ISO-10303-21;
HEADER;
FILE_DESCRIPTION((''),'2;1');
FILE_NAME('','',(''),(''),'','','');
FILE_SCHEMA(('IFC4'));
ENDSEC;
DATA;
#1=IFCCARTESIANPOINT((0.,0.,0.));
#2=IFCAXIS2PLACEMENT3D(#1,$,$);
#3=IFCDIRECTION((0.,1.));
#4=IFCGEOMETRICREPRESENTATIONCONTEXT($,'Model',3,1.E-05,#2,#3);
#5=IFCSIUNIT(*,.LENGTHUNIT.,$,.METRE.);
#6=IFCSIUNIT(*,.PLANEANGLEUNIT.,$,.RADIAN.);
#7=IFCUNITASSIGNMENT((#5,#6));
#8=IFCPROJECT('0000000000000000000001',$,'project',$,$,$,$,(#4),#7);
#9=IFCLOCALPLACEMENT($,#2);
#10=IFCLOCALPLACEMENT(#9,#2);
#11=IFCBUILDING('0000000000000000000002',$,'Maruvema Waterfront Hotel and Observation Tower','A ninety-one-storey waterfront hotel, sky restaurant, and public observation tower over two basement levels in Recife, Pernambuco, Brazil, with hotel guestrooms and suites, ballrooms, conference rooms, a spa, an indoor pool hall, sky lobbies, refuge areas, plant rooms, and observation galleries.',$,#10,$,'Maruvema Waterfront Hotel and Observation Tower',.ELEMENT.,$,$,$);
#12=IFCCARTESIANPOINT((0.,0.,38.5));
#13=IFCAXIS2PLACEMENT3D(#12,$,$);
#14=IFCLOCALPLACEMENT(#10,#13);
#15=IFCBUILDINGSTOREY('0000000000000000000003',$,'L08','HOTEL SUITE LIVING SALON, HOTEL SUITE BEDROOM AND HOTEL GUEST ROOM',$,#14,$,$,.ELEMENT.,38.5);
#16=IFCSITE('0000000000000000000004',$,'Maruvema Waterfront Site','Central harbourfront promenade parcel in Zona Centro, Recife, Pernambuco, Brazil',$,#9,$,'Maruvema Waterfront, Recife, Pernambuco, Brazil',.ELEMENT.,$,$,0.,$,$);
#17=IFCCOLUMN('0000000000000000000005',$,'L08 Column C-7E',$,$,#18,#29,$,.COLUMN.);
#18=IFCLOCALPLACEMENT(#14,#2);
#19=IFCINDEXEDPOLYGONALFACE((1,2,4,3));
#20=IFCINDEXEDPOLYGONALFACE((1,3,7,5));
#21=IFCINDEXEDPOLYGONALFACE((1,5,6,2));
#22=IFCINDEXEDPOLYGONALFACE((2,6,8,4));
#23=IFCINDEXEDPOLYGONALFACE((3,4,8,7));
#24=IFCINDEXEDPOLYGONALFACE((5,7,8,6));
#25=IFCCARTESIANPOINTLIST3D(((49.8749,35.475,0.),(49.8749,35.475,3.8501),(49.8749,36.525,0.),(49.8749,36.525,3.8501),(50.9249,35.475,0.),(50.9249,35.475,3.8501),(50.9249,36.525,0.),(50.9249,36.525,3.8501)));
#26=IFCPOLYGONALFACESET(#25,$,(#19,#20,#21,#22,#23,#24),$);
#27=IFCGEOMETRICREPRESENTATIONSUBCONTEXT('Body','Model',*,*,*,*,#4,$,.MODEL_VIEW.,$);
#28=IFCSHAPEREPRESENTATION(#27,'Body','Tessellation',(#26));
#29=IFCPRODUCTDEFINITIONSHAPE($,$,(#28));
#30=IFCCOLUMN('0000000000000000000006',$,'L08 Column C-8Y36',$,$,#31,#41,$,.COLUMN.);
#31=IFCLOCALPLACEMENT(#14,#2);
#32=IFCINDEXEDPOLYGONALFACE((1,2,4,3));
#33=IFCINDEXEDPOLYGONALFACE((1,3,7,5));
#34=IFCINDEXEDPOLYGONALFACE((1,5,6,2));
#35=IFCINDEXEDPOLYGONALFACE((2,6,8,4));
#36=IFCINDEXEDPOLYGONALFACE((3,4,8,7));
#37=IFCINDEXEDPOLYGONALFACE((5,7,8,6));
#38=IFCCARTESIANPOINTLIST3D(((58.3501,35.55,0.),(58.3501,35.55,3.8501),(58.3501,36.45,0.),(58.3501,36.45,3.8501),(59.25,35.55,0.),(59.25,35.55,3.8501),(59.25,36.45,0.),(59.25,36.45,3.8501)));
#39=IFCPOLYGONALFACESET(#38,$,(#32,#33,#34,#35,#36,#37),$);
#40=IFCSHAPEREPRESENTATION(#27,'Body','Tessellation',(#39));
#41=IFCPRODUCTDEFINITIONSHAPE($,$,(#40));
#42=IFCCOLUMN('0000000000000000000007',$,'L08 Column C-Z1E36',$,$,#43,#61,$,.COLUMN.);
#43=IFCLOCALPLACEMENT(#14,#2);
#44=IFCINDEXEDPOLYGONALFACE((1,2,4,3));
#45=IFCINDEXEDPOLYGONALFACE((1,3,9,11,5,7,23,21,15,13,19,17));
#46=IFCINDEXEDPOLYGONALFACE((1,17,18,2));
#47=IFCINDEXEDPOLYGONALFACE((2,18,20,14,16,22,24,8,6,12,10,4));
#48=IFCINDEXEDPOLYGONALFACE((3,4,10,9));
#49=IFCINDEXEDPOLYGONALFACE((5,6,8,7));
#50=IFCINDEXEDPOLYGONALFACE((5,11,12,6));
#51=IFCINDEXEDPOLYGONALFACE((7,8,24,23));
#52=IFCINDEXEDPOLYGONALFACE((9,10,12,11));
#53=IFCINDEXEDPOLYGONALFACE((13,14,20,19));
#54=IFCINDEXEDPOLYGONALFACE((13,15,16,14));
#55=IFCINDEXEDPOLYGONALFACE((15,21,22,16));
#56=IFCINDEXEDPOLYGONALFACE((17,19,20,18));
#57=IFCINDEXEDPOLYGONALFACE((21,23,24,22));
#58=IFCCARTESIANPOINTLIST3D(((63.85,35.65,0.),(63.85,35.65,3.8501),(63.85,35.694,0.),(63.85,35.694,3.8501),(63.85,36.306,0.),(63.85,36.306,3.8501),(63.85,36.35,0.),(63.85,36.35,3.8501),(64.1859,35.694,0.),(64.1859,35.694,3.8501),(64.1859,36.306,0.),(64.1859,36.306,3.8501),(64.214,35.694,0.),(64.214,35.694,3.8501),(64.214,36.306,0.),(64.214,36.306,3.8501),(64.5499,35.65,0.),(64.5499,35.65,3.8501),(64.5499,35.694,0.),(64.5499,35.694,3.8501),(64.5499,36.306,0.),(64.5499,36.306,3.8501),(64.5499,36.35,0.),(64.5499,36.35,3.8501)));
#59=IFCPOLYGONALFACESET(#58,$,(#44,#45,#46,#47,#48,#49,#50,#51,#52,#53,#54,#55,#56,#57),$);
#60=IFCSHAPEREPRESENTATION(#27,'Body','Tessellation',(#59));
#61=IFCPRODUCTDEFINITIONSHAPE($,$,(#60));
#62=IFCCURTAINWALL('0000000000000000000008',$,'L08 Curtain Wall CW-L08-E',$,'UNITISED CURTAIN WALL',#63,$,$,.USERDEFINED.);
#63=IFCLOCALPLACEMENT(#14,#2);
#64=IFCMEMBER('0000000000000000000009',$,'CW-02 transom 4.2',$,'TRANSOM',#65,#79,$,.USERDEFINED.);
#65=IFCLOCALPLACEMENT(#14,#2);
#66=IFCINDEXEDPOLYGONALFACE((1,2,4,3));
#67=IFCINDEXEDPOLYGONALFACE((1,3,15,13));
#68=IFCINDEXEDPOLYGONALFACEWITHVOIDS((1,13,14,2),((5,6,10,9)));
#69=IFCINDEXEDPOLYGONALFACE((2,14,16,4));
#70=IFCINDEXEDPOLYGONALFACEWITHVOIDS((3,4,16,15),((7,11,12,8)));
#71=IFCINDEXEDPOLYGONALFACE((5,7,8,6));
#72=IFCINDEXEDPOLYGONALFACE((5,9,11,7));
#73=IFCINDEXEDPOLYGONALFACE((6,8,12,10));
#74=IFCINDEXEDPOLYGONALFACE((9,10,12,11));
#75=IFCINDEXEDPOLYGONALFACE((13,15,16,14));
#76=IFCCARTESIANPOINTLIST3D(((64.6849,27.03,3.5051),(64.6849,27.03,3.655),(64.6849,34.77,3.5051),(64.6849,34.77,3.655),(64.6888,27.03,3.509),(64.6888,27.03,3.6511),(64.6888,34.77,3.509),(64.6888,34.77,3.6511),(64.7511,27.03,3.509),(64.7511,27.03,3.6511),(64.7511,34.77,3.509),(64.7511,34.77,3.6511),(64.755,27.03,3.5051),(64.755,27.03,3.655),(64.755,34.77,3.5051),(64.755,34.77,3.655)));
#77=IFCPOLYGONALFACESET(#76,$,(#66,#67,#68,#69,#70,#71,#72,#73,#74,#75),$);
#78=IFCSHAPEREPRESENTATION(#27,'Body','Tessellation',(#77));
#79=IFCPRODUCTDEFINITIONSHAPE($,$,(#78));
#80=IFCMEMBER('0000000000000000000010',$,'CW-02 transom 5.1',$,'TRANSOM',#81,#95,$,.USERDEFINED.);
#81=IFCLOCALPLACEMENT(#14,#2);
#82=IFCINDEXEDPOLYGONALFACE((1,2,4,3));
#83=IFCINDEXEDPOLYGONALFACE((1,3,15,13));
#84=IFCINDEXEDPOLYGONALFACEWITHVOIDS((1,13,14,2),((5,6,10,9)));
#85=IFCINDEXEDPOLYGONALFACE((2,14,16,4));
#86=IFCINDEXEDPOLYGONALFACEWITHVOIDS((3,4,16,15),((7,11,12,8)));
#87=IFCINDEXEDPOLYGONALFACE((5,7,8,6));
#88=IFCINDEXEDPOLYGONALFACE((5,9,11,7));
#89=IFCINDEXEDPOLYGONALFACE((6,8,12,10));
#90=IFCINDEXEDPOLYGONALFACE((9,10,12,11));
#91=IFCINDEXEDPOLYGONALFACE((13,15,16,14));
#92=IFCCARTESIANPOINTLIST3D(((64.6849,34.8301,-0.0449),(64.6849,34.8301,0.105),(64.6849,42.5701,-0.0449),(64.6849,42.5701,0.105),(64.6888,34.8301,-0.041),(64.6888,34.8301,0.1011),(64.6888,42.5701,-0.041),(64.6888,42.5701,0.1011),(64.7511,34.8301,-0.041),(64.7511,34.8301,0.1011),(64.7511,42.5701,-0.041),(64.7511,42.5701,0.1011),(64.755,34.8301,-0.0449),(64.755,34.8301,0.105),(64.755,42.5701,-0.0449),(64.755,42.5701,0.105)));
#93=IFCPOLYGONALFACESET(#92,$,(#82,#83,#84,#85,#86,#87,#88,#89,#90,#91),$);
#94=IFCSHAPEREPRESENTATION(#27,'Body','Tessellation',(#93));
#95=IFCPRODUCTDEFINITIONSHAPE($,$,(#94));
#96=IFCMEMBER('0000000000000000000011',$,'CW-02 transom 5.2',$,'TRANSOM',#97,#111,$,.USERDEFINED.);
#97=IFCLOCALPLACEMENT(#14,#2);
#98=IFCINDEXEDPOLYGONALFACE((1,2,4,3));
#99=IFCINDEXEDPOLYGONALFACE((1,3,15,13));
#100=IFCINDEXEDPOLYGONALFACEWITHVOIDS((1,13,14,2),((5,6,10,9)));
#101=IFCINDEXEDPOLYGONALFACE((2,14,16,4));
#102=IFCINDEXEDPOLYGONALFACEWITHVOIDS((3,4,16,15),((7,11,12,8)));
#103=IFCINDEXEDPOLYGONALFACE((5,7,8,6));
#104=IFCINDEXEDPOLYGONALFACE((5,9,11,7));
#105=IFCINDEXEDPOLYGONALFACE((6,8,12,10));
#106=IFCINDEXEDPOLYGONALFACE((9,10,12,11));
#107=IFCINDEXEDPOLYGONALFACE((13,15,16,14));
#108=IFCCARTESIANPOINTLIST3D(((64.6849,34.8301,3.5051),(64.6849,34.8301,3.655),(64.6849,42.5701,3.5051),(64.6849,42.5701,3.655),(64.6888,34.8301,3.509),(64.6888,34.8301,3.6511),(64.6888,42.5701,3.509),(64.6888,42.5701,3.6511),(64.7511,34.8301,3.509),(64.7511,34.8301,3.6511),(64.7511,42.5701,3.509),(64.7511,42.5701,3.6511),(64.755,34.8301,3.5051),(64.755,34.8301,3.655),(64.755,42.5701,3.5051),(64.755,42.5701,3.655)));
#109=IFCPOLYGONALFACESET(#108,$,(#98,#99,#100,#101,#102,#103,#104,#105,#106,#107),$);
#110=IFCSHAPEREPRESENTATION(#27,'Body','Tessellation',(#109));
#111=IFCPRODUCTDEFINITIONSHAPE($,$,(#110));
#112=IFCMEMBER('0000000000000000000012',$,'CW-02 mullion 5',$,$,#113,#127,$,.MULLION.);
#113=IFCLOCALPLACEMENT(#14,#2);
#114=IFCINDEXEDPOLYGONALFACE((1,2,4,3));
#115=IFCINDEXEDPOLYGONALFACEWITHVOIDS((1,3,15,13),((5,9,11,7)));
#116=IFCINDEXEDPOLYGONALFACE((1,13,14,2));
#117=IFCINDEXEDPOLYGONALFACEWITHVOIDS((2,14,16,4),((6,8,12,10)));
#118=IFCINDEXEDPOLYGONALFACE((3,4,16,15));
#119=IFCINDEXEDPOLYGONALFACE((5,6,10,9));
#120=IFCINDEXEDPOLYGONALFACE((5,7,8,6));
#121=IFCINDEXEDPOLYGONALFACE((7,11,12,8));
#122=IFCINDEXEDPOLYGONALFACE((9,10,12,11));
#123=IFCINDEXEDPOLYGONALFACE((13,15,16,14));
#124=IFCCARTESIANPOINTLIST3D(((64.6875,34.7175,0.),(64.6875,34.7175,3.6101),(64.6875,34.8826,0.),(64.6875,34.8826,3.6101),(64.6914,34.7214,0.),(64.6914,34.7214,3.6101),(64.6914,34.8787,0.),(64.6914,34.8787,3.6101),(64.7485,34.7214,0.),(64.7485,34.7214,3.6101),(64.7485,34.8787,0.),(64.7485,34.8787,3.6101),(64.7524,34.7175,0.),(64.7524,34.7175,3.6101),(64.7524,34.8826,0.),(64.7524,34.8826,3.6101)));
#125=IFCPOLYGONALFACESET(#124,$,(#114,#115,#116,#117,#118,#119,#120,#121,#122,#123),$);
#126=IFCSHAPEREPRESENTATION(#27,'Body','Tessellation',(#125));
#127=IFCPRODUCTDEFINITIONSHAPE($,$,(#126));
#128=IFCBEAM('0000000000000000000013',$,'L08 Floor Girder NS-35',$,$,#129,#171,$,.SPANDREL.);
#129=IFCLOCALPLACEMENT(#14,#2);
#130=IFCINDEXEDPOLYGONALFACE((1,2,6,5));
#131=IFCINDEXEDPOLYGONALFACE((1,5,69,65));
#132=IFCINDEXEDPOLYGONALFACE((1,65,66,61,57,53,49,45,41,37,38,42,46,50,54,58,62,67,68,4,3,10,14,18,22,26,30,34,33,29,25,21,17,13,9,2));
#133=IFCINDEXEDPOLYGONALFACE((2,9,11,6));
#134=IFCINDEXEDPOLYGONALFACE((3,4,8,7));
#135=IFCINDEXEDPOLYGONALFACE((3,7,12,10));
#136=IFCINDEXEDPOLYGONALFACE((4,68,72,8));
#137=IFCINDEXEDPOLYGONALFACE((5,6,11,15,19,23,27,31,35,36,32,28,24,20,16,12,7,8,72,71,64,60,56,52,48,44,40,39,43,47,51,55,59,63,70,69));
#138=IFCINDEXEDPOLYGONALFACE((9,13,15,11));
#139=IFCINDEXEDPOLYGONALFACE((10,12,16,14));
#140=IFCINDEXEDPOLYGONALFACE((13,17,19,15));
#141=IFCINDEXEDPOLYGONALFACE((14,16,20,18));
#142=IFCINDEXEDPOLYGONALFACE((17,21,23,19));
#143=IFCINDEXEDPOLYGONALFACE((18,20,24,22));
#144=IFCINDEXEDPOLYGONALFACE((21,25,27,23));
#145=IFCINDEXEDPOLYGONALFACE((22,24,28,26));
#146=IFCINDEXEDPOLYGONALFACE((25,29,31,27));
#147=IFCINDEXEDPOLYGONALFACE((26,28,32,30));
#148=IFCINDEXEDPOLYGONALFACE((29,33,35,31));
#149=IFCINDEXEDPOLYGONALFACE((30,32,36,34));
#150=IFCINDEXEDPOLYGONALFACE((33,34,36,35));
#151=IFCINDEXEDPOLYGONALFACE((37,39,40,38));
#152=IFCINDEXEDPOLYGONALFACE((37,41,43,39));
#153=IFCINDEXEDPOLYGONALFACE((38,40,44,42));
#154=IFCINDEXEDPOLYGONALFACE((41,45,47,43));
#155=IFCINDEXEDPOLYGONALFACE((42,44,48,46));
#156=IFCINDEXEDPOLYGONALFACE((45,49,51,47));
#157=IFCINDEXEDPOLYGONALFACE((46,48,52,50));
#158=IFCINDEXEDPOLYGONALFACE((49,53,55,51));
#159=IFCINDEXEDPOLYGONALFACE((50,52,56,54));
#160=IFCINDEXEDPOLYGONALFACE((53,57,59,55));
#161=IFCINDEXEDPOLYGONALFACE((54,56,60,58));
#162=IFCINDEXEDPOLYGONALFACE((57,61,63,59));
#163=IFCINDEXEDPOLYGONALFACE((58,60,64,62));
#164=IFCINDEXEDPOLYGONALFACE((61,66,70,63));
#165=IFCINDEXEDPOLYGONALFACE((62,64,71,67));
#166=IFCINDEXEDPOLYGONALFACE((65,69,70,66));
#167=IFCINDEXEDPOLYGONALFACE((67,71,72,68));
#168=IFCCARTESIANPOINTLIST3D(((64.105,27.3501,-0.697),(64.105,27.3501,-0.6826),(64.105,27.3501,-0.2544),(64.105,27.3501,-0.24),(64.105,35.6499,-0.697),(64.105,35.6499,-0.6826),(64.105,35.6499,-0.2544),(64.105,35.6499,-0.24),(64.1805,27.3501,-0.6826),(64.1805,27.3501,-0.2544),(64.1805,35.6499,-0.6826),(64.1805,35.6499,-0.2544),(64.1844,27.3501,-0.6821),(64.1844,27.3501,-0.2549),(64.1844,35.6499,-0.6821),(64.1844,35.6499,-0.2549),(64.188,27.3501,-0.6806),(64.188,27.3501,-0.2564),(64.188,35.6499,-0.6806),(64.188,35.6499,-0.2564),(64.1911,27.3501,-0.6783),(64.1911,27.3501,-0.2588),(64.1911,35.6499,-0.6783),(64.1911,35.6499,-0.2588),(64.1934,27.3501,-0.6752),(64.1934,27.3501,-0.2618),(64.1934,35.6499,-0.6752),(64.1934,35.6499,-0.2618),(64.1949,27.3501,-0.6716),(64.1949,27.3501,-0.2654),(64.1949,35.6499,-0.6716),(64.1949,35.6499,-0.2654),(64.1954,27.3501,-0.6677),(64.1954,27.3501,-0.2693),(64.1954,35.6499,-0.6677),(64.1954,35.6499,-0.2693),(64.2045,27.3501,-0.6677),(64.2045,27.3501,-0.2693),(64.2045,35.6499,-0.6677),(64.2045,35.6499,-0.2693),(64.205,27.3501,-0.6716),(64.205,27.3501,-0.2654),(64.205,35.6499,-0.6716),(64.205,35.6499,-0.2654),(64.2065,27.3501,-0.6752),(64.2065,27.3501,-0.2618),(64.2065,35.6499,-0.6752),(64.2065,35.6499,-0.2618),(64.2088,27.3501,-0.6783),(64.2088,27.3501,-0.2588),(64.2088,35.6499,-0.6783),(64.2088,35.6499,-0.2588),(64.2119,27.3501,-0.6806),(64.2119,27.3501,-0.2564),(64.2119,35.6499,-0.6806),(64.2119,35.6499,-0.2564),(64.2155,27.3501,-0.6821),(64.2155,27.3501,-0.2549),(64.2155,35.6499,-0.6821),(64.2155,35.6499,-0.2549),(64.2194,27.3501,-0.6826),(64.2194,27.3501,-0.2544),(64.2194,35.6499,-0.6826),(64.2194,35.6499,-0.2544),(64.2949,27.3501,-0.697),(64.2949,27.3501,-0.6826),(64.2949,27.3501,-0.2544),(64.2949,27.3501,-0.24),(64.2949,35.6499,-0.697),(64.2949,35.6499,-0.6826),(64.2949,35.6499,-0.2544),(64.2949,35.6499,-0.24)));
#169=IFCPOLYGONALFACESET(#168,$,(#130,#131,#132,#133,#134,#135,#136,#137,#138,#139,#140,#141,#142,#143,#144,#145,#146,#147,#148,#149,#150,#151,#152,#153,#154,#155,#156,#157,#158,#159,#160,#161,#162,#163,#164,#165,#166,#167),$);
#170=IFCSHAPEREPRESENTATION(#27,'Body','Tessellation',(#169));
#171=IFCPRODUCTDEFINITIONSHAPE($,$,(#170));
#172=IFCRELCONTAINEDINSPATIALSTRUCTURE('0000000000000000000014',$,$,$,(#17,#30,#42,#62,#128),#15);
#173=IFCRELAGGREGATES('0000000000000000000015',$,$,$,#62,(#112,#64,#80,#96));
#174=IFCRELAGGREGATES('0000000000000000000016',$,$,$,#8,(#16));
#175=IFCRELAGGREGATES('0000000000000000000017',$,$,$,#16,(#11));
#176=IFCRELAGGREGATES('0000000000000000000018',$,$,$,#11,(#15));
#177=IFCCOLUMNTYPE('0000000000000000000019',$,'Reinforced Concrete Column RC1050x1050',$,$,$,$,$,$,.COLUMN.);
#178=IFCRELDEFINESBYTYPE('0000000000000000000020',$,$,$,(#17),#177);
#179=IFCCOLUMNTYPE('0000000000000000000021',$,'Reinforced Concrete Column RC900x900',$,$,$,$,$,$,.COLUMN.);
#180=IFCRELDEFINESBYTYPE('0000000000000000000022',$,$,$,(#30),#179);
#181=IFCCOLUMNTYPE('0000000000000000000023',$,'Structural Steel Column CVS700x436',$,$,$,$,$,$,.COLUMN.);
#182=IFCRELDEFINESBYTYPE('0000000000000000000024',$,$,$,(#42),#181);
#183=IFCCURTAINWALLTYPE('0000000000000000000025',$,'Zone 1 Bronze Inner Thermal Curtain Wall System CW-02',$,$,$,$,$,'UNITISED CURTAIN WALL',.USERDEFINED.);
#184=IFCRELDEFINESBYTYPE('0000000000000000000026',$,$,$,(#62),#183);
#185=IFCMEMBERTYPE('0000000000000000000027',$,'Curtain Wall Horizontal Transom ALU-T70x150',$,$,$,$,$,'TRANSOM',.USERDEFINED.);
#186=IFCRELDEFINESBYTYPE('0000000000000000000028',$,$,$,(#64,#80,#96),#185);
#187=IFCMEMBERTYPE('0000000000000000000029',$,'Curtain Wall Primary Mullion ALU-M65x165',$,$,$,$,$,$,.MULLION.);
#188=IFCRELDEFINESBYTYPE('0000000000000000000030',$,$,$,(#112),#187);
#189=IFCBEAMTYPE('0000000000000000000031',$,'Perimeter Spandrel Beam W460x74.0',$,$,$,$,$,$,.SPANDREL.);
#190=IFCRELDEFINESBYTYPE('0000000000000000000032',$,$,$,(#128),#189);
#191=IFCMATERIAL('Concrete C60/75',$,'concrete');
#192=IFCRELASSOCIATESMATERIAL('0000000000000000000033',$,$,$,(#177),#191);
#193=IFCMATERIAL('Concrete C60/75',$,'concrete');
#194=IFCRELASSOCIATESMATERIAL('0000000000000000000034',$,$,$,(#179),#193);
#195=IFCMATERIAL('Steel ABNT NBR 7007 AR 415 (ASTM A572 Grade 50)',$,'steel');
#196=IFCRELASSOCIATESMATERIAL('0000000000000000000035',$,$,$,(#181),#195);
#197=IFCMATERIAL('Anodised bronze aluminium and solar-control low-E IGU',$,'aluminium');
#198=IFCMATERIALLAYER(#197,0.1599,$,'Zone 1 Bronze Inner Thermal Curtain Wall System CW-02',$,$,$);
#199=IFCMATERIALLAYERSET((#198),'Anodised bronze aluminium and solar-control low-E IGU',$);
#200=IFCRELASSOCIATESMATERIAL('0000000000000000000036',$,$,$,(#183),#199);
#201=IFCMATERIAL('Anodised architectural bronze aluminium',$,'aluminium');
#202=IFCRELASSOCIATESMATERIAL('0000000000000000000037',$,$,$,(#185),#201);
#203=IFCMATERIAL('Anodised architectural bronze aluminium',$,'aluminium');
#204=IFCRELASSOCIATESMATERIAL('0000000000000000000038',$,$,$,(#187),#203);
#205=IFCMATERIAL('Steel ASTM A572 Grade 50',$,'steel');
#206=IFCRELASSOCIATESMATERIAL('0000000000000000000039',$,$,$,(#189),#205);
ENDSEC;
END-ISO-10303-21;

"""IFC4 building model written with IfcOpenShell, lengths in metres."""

from ifc_helpers import new_model, si_unit, direction, frame, origin, origin_2d, place, context, subcontext, project, spatial, rectangle, hollow_rectangle, i_section, extrude, material, layer, layer_set, material_profile, profile_set, type_object, element, aggregate, save


model = new_model("IFC4")

# Units and contexts
model_context = context("Model", 3, precision=1e-05, world=origin(), true_north=direction((0.0, 1.0)))
body_context = subcontext(model_context, "Body", "Model", "MODEL_VIEW")
ifc_project = project(units=[si_unit("LENGTHUNIT", "METRE"), si_unit("PLANEANGLEUNIT", "RADIAN")], contexts=[model_context])

# Site, building, storey
site_placement = place(None, origin())
site = spatial("IfcSite", under=ifc_project, at=site_placement, Name="Maruvema Waterfront Site", Description="Central harbourfront promenade parcel in Zona Centro, Recife, Pernambuco, Brazil", LongName="Maruvema Waterfront, Recife, Pernambuco, Brazil", CompositionType="ELEMENT", RefElevation=0.0)
building_placement = place(site_placement, origin())
building = spatial("IfcBuilding", under=site, at=building_placement, Name="Maruvema Waterfront Hotel and Observation Tower", Description="A ninety-one-storey waterfront hotel, sky restaurant, and public observation tower over two basement levels in Recife, Pernambuco, Brazil, with hotel guestrooms and suites, ballrooms, conference rooms, a spa, an indoor pool hall, sky lobbies, refuge areas, plant rooms, and observation galleries.", LongName="Maruvema Waterfront Hotel and Observation Tower", CompositionType="ELEMENT")
storey_placement = place(building_placement, frame((0.0, 0.0, 38.5)))
storey = spatial("IfcBuildingStorey", under=building, at=storey_placement, Name="L08", Description="HOTEL SUITE LIVING SALON, HOTEL SUITE BEDROOM AND HOTEL GUEST ROOM", CompositionType="ELEMENT", Elevation=38.5)

# Columns
ifc_material_1 = material(Name="Concrete C60/75", Category="concrete")
ifc_material_profile_1 = material_profile(ifc_material_1, rectangle(XDim=1.05, YDim=1.05, at=origin_2d()), Name="RC1050x1050")
ifc_profile_set_1 = profile_set([ifc_material_profile_1], Name="Concrete C60/75")
column_type_1 = type_object("IfcColumnType", Name="Reinforced Concrete Column RC1050x1050", PredefinedType="COLUMN", material=ifc_profile_set_1)
column_1_placement = place(storey_placement, frame((50.3999, 36.0, 0.0), z_axis=(0.0, 0.0, 1.0), x_axis=(1.0, 0.0, 0.0)))
element("IfcColumn", 1, at=column_1_placement, inside=storey, type_object=column_type_1, Name="L08 Column C-7E", PredefinedType="COLUMN", context=body_context, shape_type="SweptSolid", body=[
    extrude(rectangle(XDim=1.05, YDim=1.05, at=origin_2d()), origin(), (0.0, 0.0, 1.0), 3.8501),
])
ifc_material_2 = material(Name="Concrete C60/75", Category="concrete")
ifc_material_profile_2 = material_profile(ifc_material_2, rectangle(XDim=0.8999, YDim=0.8999, at=origin_2d()), Name="RC900x900")
ifc_profile_set_2 = profile_set([ifc_material_profile_2], Name="Concrete C60/75")
column_type_2 = type_object("IfcColumnType", Name="Reinforced Concrete Column RC900x900", PredefinedType="COLUMN", material=ifc_profile_set_2)
column_2_placement = place(storey_placement, frame((58.8, 36.0, 0.0), z_axis=(0.0, 0.0, 1.0), x_axis=(1.0, 0.0, 0.0)))
element("IfcColumn", 2, at=column_2_placement, inside=storey, type_object=column_type_2, Name="L08 Column C-8Y36", PredefinedType="COLUMN", context=body_context, shape_type="SweptSolid", body=[
    extrude(rectangle(XDim=0.8999, YDim=0.8999, at=origin_2d()), origin(), (0.0, 0.0, 1.0), 3.8501),
])
ifc_material_3 = material(Name="Steel ABNT NBR 7007 AR 415 (ASTM A572 Grade 50)", Category="steel")
ifc_material_profile_3 = material_profile(ifc_material_3, i_section(OverallWidth=0.7, OverallDepth=0.7, WebThickness=0.0281, FlangeThickness=0.0439, at=origin_2d()), Name="CVS700x436")
ifc_profile_set_3 = profile_set([ifc_material_profile_3], Name="Steel ABNT NBR 7007 AR 415 (ASTM A572 Grade 50)")
column_type_3 = type_object("IfcColumnType", Name="Structural Steel Column CVS700x436", PredefinedType="COLUMN", material=ifc_profile_set_3)
column_3_placement = place(storey_placement, frame((64.2, 36.0, 0.0), z_axis=(0.0, 0.0, 1.0), x_axis=(1.0, 0.0, 0.0)))
element("IfcColumn", 3, at=column_3_placement, inside=storey, type_object=column_type_3, Name="L08 Column C-Z1E36", PredefinedType="COLUMN", context=body_context, shape_type="SweptSolid", body=[
    extrude(i_section(OverallWidth=0.7, OverallDepth=0.7, WebThickness=0.0281, FlangeThickness=0.0439, at=origin_2d()), origin(), (0.0, 0.0, 1.0), 3.8501),
])

# Curtain wall, members
ifc_material_4 = material(Name="Anodised bronze aluminium and solar-control low-E IGU", Category="aluminium")
ifc_layer_1 = layer(ifc_material_4, 0.1599, Name="Zone 1 Bronze Inner Thermal Curtain Wall System CW-02")
ifc_layer_set_1 = layer_set([ifc_layer_1], Name="Anodised bronze aluminium and solar-control low-E IGU")
curtain_wall_type = type_object("IfcCurtainWallType", Name="Zone 1 Bronze Inner Thermal Curtain Wall System CW-02", ElementType="UNITISED CURTAIN WALL", PredefinedType="USERDEFINED", material=ifc_layer_set_1)
curtain_wall_placement = place(storey_placement, origin())
curtain_wall = element("IfcCurtainWall", 4, at=curtain_wall_placement, inside=storey, type_object=curtain_wall_type, Name="L08 Curtain Wall CW-L08-E", ObjectType="UNITISED CURTAIN WALL", PredefinedType="USERDEFINED")
ifc_material_5 = material(Name="Anodised architectural bronze aluminium", Category="aluminium")
ifc_material_profile_4 = material_profile(ifc_material_5, hollow_rectangle(XDim=0.0701, YDim=0.1499, WallThickness=0.0039, at=origin_2d()), Name="ALU-T70x150")
ifc_profile_set_4 = profile_set([ifc_material_profile_4], Name="Anodised architectural bronze aluminium")
member_type_1 = type_object("IfcMemberType", Name="Curtain Wall Horizontal Transom ALU-T70x150", ElementType="TRANSOM", PredefinedType="USERDEFINED", material=ifc_profile_set_4)
member_1_placement = place(storey_placement, frame((64.72, 27.03, 3.5801), z_axis=(0.0, 1.0, 0.0), x_axis=(-1.0, 0.0, 0.0)))
member_1 = element("IfcMember", 5, at=member_1_placement, type_object=member_type_1, Name="CW-02 transom 4.2", ObjectType="TRANSOM", PredefinedType="USERDEFINED", context=body_context, shape_type="SweptSolid", body=[
    extrude(hollow_rectangle(XDim=0.0701, YDim=0.1499, WallThickness=0.0039, at=origin_2d()), origin(), (0.0, 0.0, 1.0), 7.74),
])
member_2_placement = place(storey_placement, frame((64.72, 34.8301, 0.03), z_axis=(0.0, 1.0, 0.0), x_axis=(-1.0, 0.0, 0.0)))
member_2 = element("IfcMember", 6, at=member_2_placement, type_object=member_type_1, Name="CW-02 transom 5.1", ObjectType="TRANSOM", PredefinedType="USERDEFINED", context=body_context, shape_type="SweptSolid", body=[
    extrude(hollow_rectangle(XDim=0.0701, YDim=0.1499, WallThickness=0.0039, at=origin_2d()), origin(), (0.0, 0.0, 1.0), 7.74),
])
member_3_placement = place(storey_placement, frame((64.72, 34.8301, 3.5801), z_axis=(0.0, 1.0, 0.0), x_axis=(-1.0, 0.0, 0.0)))
member_3 = element("IfcMember", 7, at=member_3_placement, type_object=member_type_1, Name="CW-02 transom 5.2", ObjectType="TRANSOM", PredefinedType="USERDEFINED", context=body_context, shape_type="SweptSolid", body=[
    extrude(hollow_rectangle(XDim=0.0701, YDim=0.1499, WallThickness=0.0039, at=origin_2d()), origin(), (0.0, 0.0, 1.0), 7.74),
])
ifc_material_6 = material(Name="Anodised architectural bronze aluminium", Category="aluminium")
ifc_material_profile_5 = material_profile(ifc_material_6, hollow_rectangle(XDim=0.0649, YDim=0.165, WallThickness=0.0039, at=origin_2d()), Name="ALU-M65x165")
ifc_profile_set_5 = profile_set([ifc_material_profile_5], Name="Anodised architectural bronze aluminium")
member_type_2 = type_object("IfcMemberType", Name="Curtain Wall Primary Mullion ALU-M65x165", PredefinedType="MULLION", material=ifc_profile_set_5)
member_4_placement = place(storey_placement, frame((64.72, 34.8, 0.0), z_axis=(0.0, 0.0, 1.0), x_axis=(-1.0, 0.0, 0.0)))
member_4 = element("IfcMember", 8, at=member_4_placement, type_object=member_type_2, Name="CW-02 mullion 5", PredefinedType="MULLION", context=body_context, shape_type="SweptSolid", body=[
    extrude(hollow_rectangle(XDim=0.0649, YDim=0.165, WallThickness=0.0039, at=origin_2d()), origin(), (0.0, 0.0, 1.0), 3.6101),
])

# Beam
ifc_material_7 = material(Name="Steel ASTM A572 Grade 50", Category="steel")
ifc_material_profile_6 = material_profile(ifc_material_7, i_section(OverallWidth=0.1899, OverallDepth=0.457, WebThickness=0.009, FlangeThickness=0.0144, FilletRadius=0.0149, at=origin_2d()), Name="W460x74.0")
ifc_profile_set_6 = profile_set([ifc_material_profile_6], Name="Steel ASTM A572 Grade 50")
beam_type_1 = type_object("IfcBeamType", Name="Perimeter Spandrel Beam W460x74.0", PredefinedType="SPANDREL", material=ifc_profile_set_6)
for number, where, z_axis, x_axis, name in (
    (9, (64.2, 27.3501, -0.4685), (0.0, 1.0, 0.0), (-1.0, 0.0, 0.0), "L08 Floor Girder NS-35"),
):
    element("IfcBeam", number, at=place(storey_placement, frame(where, z_axis=z_axis, x_axis=x_axis)), inside=storey, type_object=beam_type_1, Name=name, PredefinedType="SPANDREL", context=body_context, shape_type="SweptSolid", body=[
        extrude(i_section(OverallWidth=0.1899, OverallDepth=0.457, WebThickness=0.009, FlangeThickness=0.0144, FilletRadius=0.0149, at=origin_2d()), origin(), (0.0, 0.0, 1.0), 8.2998),
    ])

aggregate(curtain_wall, [member_4, member_1, member_2, member_3])

save(model, "model.ifc")
